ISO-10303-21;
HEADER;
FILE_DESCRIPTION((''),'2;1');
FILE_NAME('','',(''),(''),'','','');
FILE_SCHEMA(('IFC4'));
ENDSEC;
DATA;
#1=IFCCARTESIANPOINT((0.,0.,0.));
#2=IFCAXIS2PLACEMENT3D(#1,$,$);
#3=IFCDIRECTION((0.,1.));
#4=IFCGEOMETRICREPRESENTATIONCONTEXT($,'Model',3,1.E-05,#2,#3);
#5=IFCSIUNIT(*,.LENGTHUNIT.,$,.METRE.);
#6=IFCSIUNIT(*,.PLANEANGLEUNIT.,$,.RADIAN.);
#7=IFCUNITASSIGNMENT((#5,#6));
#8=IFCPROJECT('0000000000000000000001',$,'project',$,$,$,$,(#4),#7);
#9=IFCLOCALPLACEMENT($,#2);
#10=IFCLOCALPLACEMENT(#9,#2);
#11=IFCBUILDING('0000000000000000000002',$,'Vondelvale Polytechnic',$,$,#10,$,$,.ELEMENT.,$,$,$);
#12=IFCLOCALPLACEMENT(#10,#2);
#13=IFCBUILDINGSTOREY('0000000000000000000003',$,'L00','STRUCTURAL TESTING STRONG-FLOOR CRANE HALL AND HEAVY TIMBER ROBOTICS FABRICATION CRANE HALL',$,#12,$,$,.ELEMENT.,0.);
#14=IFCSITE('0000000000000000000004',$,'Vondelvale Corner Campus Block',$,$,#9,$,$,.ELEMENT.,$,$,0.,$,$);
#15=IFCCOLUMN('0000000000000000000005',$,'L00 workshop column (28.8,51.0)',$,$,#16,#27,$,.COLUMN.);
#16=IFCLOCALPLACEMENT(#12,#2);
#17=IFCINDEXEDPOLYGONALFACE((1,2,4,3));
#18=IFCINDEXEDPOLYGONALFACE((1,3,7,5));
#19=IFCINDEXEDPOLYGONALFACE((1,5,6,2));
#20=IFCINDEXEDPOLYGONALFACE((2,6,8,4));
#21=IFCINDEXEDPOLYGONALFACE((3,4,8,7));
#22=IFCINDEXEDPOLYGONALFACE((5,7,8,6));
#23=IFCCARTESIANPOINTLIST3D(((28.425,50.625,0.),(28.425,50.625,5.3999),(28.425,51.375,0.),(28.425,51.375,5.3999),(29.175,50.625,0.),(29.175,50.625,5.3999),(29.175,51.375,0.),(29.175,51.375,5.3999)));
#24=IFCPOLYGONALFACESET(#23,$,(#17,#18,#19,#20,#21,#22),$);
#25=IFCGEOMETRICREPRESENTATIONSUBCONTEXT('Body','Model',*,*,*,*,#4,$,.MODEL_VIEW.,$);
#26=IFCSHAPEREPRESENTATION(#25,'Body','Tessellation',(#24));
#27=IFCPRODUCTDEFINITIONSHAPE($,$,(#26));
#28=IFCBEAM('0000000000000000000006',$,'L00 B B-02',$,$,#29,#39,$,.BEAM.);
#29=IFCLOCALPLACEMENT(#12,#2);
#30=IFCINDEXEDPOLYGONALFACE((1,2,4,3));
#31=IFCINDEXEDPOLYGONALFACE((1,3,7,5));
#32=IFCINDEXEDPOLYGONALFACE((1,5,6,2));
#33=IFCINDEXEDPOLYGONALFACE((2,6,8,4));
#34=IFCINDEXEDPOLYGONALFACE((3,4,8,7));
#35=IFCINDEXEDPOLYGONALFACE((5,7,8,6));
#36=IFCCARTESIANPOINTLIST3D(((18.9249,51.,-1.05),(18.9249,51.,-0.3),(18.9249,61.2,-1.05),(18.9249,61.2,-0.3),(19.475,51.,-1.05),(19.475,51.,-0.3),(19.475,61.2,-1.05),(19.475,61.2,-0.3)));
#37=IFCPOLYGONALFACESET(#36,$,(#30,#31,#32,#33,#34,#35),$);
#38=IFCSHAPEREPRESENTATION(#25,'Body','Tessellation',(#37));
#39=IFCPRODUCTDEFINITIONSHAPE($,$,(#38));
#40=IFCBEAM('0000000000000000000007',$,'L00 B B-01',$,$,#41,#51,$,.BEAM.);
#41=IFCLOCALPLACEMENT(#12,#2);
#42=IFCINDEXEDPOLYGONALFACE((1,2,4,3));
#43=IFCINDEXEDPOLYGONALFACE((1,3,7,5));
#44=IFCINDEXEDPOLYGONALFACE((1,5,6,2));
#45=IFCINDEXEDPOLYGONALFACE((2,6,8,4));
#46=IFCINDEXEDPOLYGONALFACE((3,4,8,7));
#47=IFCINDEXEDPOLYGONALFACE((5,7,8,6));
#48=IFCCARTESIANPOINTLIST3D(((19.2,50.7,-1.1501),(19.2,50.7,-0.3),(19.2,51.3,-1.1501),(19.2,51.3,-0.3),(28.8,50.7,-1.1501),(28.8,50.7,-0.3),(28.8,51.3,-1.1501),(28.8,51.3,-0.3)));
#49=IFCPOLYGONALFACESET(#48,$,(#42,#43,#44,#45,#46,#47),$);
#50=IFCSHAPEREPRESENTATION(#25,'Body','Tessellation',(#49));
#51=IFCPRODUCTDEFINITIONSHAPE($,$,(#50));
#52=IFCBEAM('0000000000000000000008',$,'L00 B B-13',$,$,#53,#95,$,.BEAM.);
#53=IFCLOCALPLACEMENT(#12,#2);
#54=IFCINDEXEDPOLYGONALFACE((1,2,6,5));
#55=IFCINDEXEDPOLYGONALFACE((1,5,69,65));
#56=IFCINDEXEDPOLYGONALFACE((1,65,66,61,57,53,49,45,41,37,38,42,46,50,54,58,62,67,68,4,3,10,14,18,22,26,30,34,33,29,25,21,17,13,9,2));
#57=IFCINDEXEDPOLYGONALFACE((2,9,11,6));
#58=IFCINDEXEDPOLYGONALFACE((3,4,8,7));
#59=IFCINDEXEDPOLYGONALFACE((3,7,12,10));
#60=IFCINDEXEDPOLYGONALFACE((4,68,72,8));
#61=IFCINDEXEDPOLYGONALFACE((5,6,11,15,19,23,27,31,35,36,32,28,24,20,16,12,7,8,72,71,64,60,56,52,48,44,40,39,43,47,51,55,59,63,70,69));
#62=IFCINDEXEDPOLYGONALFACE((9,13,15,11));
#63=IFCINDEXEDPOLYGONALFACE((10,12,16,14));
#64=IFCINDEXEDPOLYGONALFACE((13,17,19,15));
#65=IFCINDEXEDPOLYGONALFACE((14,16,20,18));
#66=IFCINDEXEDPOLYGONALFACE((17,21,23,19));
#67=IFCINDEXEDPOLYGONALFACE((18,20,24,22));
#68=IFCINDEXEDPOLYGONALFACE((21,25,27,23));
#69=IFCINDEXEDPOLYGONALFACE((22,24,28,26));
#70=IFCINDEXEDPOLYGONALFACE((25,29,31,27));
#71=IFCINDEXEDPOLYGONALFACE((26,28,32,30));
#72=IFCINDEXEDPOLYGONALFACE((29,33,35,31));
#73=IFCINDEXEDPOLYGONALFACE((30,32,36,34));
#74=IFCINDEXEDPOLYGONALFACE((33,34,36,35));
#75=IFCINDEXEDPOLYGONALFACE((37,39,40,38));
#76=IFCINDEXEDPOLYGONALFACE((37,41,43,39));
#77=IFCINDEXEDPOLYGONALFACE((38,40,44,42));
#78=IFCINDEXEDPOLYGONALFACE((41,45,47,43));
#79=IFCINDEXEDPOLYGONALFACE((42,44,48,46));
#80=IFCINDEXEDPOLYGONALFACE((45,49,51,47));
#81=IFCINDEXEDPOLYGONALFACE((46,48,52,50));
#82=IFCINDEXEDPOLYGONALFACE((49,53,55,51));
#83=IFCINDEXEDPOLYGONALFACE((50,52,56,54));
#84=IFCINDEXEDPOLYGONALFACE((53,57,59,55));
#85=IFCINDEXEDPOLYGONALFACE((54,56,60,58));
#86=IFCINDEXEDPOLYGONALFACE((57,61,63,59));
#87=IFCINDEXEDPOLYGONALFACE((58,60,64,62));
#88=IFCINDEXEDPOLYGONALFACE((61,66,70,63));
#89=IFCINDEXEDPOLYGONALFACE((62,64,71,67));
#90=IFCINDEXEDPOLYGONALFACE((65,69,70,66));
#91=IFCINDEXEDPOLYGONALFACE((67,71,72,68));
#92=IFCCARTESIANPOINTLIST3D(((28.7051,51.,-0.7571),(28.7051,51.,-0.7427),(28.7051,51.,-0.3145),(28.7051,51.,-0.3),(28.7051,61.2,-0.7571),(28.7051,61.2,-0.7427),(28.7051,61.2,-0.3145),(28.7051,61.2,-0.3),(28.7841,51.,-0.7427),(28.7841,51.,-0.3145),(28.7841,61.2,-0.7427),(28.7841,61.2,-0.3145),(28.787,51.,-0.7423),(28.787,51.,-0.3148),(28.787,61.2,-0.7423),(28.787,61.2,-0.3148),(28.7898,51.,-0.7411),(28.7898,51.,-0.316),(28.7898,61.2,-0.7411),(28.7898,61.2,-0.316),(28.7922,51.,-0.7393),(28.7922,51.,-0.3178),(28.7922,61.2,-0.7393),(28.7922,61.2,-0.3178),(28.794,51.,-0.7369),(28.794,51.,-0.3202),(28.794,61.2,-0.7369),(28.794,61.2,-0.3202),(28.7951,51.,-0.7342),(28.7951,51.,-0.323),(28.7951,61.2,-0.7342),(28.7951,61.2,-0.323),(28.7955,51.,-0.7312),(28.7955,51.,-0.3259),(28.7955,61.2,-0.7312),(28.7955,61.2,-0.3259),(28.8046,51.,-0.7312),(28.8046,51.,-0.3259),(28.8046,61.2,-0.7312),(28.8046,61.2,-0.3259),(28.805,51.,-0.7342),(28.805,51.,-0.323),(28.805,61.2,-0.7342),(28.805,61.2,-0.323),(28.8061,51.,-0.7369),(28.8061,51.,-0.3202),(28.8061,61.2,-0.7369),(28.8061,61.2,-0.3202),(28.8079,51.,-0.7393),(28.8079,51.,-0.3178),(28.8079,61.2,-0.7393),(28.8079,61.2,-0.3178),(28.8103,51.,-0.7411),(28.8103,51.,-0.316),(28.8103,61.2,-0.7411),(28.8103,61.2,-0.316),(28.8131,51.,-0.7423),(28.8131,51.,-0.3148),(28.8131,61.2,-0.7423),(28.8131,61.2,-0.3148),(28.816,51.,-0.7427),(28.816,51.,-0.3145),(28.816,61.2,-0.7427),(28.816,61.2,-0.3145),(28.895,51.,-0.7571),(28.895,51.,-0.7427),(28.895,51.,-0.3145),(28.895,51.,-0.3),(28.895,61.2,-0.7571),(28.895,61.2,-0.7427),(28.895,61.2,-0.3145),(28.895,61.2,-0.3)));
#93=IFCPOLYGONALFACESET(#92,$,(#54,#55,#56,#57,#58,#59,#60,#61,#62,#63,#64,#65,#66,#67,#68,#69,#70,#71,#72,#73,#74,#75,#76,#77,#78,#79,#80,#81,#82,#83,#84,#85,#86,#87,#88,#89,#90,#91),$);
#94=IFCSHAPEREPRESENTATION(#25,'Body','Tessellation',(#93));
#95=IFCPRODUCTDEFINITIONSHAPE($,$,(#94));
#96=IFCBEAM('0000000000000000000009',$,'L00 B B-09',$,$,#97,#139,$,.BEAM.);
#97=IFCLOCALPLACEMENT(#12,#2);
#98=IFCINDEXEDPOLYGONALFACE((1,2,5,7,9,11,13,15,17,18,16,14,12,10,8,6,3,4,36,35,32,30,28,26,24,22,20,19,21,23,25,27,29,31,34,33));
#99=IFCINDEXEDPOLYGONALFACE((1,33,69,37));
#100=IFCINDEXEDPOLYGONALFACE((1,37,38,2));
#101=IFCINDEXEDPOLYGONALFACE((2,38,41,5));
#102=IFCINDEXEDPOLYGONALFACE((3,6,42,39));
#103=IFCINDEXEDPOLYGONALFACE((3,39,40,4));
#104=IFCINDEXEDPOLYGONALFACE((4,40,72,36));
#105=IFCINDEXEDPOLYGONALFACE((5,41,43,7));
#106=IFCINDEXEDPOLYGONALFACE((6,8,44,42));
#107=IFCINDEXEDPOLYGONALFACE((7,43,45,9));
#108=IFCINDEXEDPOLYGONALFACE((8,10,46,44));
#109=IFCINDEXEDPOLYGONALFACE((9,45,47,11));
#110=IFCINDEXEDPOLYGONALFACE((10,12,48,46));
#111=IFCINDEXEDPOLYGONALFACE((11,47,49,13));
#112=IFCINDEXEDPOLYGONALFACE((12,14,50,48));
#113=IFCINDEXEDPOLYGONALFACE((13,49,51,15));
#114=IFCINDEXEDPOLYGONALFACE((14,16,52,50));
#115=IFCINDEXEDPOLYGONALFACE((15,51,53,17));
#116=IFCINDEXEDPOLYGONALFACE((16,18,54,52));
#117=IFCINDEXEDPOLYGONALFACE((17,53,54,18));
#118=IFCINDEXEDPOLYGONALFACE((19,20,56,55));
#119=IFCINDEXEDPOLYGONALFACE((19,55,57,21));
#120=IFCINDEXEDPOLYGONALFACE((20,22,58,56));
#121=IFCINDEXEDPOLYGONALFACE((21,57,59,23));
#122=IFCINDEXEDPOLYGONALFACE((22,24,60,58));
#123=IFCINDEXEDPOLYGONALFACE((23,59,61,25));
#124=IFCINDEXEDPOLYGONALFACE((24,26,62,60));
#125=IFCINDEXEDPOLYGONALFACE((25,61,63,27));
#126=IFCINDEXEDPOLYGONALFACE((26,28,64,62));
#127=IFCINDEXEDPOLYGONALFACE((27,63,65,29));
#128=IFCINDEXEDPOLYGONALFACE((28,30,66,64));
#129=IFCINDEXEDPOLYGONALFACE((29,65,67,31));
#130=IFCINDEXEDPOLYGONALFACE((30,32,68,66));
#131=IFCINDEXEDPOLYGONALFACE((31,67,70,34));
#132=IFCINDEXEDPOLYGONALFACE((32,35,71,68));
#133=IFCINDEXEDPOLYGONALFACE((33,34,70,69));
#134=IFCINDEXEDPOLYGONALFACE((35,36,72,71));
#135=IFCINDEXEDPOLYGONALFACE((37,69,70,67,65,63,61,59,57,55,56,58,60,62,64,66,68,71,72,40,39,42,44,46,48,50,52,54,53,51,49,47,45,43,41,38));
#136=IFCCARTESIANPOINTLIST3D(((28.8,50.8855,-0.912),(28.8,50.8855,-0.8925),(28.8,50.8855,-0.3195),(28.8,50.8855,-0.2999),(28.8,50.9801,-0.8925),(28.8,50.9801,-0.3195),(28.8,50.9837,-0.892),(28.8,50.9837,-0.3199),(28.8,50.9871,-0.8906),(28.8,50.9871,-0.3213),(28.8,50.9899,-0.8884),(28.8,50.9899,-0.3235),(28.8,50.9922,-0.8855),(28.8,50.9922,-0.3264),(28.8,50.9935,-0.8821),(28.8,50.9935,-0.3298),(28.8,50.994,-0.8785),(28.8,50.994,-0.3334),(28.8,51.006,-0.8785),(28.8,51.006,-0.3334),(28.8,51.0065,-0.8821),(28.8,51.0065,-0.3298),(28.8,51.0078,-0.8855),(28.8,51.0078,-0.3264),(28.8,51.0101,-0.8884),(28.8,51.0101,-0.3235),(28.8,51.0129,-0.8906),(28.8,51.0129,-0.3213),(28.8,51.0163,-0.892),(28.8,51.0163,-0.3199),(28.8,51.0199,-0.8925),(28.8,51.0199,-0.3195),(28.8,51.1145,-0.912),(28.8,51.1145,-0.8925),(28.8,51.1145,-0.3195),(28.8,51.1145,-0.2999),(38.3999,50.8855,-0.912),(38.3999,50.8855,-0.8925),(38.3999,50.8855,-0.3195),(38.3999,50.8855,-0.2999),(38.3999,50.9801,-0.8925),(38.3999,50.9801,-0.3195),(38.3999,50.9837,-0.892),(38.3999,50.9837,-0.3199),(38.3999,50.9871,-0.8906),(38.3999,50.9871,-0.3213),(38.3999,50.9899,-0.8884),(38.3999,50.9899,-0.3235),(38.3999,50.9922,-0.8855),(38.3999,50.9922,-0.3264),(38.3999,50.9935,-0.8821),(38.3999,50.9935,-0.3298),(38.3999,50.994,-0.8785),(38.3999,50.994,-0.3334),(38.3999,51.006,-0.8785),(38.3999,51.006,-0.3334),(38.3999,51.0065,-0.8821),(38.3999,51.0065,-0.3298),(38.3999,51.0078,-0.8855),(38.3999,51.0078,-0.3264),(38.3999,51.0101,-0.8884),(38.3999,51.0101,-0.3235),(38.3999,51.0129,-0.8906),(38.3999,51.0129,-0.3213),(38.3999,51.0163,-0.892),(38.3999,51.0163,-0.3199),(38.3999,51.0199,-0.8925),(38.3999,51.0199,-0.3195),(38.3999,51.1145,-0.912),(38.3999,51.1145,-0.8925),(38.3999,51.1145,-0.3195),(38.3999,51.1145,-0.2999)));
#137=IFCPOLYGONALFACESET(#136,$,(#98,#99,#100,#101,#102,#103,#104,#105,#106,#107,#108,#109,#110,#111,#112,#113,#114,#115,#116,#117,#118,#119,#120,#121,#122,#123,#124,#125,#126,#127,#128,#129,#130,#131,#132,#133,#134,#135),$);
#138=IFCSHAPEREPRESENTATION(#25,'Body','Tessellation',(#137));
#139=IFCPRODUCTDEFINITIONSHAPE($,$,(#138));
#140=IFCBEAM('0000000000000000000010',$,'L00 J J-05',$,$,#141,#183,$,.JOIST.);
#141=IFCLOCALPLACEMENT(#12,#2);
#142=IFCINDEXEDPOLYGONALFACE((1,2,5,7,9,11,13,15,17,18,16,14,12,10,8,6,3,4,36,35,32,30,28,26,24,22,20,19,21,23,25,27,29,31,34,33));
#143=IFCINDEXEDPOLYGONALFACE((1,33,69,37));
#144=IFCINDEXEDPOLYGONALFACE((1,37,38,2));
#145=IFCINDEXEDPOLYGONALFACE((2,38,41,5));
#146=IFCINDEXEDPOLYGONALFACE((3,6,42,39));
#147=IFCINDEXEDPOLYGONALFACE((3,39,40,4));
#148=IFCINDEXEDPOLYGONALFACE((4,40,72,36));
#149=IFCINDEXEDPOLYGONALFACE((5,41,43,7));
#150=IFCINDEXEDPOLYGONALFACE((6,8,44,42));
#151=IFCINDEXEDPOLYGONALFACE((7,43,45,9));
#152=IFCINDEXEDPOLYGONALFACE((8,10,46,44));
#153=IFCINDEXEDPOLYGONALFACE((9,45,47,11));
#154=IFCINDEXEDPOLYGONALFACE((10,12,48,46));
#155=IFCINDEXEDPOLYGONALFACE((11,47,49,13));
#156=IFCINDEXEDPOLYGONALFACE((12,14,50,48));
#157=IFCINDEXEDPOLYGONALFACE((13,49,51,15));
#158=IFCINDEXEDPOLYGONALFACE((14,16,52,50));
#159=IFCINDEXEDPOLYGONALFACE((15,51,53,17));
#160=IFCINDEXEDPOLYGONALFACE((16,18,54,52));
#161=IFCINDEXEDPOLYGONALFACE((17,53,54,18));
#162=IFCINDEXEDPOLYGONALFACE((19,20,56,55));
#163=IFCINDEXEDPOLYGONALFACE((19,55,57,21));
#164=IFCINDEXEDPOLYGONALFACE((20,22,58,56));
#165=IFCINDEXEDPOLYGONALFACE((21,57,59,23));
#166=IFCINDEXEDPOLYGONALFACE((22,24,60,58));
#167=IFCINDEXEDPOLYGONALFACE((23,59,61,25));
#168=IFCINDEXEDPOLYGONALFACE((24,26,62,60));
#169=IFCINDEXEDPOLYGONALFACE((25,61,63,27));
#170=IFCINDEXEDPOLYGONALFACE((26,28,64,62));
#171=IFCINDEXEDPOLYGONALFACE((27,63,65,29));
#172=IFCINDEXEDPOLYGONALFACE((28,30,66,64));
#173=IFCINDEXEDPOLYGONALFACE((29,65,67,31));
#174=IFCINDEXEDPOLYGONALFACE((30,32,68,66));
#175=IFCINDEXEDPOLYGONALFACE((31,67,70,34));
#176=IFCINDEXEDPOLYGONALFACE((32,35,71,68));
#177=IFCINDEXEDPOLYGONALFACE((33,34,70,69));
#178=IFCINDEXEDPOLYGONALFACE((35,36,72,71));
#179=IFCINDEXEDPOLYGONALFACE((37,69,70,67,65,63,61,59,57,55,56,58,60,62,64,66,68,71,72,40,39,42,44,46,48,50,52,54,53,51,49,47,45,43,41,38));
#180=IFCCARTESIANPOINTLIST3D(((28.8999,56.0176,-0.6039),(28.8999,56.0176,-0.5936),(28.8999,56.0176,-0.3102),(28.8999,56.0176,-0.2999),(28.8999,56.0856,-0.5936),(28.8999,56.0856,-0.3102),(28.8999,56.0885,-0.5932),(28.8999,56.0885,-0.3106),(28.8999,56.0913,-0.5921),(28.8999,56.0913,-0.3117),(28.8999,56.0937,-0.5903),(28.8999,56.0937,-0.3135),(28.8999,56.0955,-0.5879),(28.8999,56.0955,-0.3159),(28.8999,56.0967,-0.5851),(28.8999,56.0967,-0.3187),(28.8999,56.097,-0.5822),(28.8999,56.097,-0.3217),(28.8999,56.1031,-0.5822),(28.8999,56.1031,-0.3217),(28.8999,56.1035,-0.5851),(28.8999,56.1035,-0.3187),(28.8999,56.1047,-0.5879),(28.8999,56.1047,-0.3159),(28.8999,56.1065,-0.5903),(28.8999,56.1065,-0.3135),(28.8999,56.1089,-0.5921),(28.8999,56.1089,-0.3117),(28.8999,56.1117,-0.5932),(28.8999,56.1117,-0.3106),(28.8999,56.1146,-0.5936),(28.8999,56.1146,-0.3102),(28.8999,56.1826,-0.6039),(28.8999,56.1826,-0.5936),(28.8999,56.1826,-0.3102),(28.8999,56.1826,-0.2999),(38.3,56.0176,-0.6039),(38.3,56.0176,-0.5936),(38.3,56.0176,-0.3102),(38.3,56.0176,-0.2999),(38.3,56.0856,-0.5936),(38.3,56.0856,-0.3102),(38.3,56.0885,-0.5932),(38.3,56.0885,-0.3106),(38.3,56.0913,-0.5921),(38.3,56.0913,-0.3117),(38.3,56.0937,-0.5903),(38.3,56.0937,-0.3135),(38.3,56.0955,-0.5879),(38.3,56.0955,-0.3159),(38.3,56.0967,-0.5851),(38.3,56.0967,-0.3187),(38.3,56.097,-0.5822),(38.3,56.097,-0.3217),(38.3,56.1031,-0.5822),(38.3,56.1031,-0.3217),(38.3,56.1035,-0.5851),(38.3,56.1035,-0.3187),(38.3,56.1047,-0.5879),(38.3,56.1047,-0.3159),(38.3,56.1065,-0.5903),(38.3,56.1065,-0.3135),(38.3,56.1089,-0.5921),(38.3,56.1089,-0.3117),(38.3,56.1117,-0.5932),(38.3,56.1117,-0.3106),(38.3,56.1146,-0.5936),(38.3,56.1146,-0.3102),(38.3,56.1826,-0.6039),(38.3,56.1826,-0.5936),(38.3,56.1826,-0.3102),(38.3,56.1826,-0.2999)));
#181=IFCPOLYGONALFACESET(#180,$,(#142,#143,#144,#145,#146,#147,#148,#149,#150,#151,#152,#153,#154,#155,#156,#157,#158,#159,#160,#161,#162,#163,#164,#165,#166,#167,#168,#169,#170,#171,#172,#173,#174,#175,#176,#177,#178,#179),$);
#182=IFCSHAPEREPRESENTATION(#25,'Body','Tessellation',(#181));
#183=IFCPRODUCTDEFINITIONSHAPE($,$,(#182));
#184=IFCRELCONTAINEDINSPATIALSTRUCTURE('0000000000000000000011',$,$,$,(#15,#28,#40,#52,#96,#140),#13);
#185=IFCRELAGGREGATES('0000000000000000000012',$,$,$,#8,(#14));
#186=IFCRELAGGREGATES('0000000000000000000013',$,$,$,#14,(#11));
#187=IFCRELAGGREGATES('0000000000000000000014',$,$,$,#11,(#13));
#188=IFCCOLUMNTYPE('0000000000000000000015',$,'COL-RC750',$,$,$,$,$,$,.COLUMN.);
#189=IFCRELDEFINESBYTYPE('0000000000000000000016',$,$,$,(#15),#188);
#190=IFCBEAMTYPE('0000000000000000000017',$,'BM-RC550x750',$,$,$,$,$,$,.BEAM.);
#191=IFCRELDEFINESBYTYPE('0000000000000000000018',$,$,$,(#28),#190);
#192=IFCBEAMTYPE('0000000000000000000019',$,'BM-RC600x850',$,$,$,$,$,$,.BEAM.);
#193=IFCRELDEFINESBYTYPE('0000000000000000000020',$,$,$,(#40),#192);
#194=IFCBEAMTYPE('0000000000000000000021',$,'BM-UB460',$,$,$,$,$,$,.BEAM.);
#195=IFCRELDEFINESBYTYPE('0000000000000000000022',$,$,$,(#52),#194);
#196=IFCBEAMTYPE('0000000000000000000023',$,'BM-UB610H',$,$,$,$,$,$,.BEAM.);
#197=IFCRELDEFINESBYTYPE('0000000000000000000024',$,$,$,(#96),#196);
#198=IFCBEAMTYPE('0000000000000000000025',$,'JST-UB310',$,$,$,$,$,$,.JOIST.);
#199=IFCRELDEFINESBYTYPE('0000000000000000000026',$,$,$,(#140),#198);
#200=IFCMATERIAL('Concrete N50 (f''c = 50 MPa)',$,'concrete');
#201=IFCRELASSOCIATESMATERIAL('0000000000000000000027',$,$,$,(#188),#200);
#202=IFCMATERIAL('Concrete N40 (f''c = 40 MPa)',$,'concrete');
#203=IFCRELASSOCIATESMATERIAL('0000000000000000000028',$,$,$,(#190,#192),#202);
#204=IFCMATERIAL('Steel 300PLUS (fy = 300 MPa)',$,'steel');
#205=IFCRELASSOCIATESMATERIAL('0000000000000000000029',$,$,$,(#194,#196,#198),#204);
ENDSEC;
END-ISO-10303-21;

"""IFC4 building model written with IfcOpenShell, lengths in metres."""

from ifc_helpers import new_model, si_unit, direction, frame, origin, origin_2d, place, context, subcontext, project, spatial, rectangle, i_section, extrude, material, material_profile, profile_set, type_object, element, save


model = new_model("IFC4")

# Units and contexts
model_context = context("Model", 3, precision=1e-05, world=origin(), true_north=direction((0.0, 1.0)))
body_context = subcontext(model_context, "Body", "Model", "MODEL_VIEW")
ifc_project = project(units=[si_unit("LENGTHUNIT", "METRE"), si_unit("PLANEANGLEUNIT", "RADIAN")], contexts=[model_context])

# Site, building, storey
site_placement = place(None, origin())
site = spatial("IfcSite", under=ifc_project, at=site_placement, Name="Vondelvale Corner Campus Block", CompositionType="ELEMENT", RefElevation=0.0)
building_placement = place(site_placement, origin())
building = spatial("IfcBuilding", under=site, at=building_placement, Name="Vondelvale Polytechnic", CompositionType="ELEMENT")
storey_placement = place(building_placement, origin())
storey = spatial("IfcBuildingStorey", under=building, at=storey_placement, Name="L00", Description="STRUCTURAL TESTING STRONG-FLOOR CRANE HALL AND HEAVY TIMBER ROBOTICS FABRICATION CRANE HALL", CompositionType="ELEMENT", Elevation=0.0)

# Column
ifc_material_1 = material(Name="Concrete N50 (f'c = 50 MPa)", Category="concrete")
ifc_material_profile_1 = material_profile(ifc_material_1, rectangle(XDim=0.75, YDim=0.75, at=origin_2d()), Name="RC-COL-750x750")
ifc_profile_set_1 = profile_set([ifc_material_profile_1], Name="Concrete N50 (f'c = 50 MPa)")
column_type = type_object("IfcColumnType", Name="COL-RC750", PredefinedType="COLUMN", material=ifc_profile_set_1)
column_placement = place(storey_placement, frame((28.8, 51.0, 0.0), z_axis=(0.0, 0.0, 1.0), x_axis=(1.0, 0.0, 0.0)))
element("IfcColumn", 1, at=column_placement, inside=storey, type_object=column_type, Name="L00 workshop column (28.8,51.0)", PredefinedType="COLUMN", context=body_context, shape_type="SweptSolid", body=[
    extrude(rectangle(XDim=0.75, YDim=0.75, at=origin_2d()), origin(), (0.0, 0.0, 1.0), 5.3999),
])

# Beams
ifc_material_2 = material(Name="Concrete N40 (f'c = 40 MPa)", Category="concrete")
ifc_material_profile_2 = material_profile(ifc_material_2, rectangle(XDim=0.55, YDim=0.75, at=origin_2d()), Name="RC-BM-550x750")
ifc_profile_set_2 = profile_set([ifc_material_profile_2], Name="Concrete N40 (f'c = 40 MPa)")
beam_type_1 = type_object("IfcBeamType", Name="BM-RC550x750", PredefinedType="BEAM", material=ifc_profile_set_2)
beam_1_placement = place(storey_placement, frame((19.2, 51.0, -0.675), z_axis=(0.0, 1.0, 0.0), x_axis=(-1.0, 0.0, 0.0)))
element("IfcBeam", 2, at=beam_1_placement, inside=storey, type_object=beam_type_1, Name="L00 B B-02", PredefinedType="BEAM", context=body_context, shape_type="SweptSolid", body=[
    extrude(rectangle(XDim=0.55, YDim=0.75, at=origin_2d()), origin(), (0.0, 0.0, 1.0), 10.2),
])
ifc_material_profile_3 = material_profile(ifc_material_2, rectangle(XDim=0.6001, YDim=0.8501, at=origin_2d()), Name="RC-BM-600x850")
ifc_profile_set_3 = profile_set([ifc_material_profile_3], Name="Concrete N40 (f'c = 40 MPa)")
beam_type_2 = type_object("IfcBeamType", Name="BM-RC600x850", PredefinedType="BEAM", material=ifc_profile_set_3)
beam_2_placement = place(storey_placement, frame((19.2, 51.0, -0.7251), z_axis=(1.0, 0.0, 0.0), x_axis=(0.0, 1.0, 0.0)))
element("IfcBeam", 3, at=beam_2_placement, inside=storey, type_object=beam_type_2, Name="L00 B B-01", PredefinedType="BEAM", context=body_context, shape_type="SweptSolid", body=[
    extrude(rectangle(XDim=0.6001, YDim=0.8501, at=origin_2d()), origin(), (0.0, 0.0, 1.0), 9.6001),
])
ifc_material_3 = material(Name="Steel 300PLUS (fy = 300 MPa)", Category="steel")
ifc_material_profile_4 = material_profile(ifc_material_3, i_section(OverallWidth=0.1899, OverallDepth=0.457, WebThickness=0.009, FlangeThickness=0.0144, FilletRadius=0.0115, at=origin_2d()), Name="460UB74.6")
ifc_profile_set_4 = profile_set([ifc_material_profile_4], Name="Steel 300PLUS (fy = 300 MPa)")
beam_type_3 = type_object("IfcBeamType", Name="BM-UB460", PredefinedType="BEAM", material=ifc_profile_set_4)
beam_3_placement = place(storey_placement, frame((28.8, 51.0, -0.5286), z_axis=(0.0, 1.0, 0.0), x_axis=(-1.0, 0.0, 0.0)))
element("IfcBeam", 4, at=beam_3_placement, inside=storey, type_object=beam_type_3, Name="L00 B B-13", PredefinedType="BEAM", context=body_context, shape_type="SweptSolid", body=[
    extrude(i_section(OverallWidth=0.1899, OverallDepth=0.457, WebThickness=0.009, FlangeThickness=0.0144, FilletRadius=0.0115, at=origin_2d()), origin(), (0.0, 0.0, 1.0), 10.2),
])
ifc_material_profile_5 = material_profile(ifc_material_3, i_section(OverallWidth=0.229, OverallDepth=0.6121, WebThickness=0.012, FlangeThickness=0.0195, FilletRadius=0.0139, at=origin_2d()), Name="610UB125")
ifc_profile_set_5 = profile_set([ifc_material_profile_5], Name="Steel 300PLUS (fy = 300 MPa)")
beam_type_4 = type_object("IfcBeamType", Name="BM-UB610H", PredefinedType="BEAM", material=ifc_profile_set_5)
beam_4_placement = place(storey_placement, frame((28.8, 51.0, -0.606), z_axis=(1.0, 0.0, 0.0), x_axis=(0.0, 1.0, 0.0)))
element("IfcBeam", 5, at=beam_4_placement, inside=storey, type_object=beam_type_4, Name="L00 B B-09", PredefinedType="BEAM", context=body_context, shape_type="SweptSolid", body=[
    extrude(i_section(OverallWidth=0.229, OverallDepth=0.6121, WebThickness=0.012, FlangeThickness=0.0195, FilletRadius=0.0139, at=origin_2d()), origin(), (0.0, 0.0, 1.0), 9.5999),
])
ifc_material_profile_6 = material_profile(ifc_material_3, i_section(OverallWidth=0.165, OverallDepth=0.304, WebThickness=0.0061, FlangeThickness=0.0103, FilletRadius=0.0115, at=origin_2d()), Name="310UB40.4")
ifc_profile_set_6 = profile_set([ifc_material_profile_6], Name="Steel 300PLUS (fy = 300 MPa)")
beam_type_5 = type_object("IfcBeamType", Name="JST-UB310", PredefinedType="JOIST", material=ifc_profile_set_6)
beam_5_placement = place(storey_placement, frame((28.8999, 56.1001, -0.4519), z_axis=(1.0, 0.0, 0.0), x_axis=(0.0, 1.0, 0.0)))
element("IfcBeam", 6, at=beam_5_placement, inside=storey, type_object=beam_type_5, Name="L00 J J-05", PredefinedType="JOIST", context=body_context, shape_type="SweptSolid", body=[
    extrude(i_section(OverallWidth=0.165, OverallDepth=0.304, WebThickness=0.0061, FlangeThickness=0.0103, FilletRadius=0.0115, at=origin_2d()), origin(), (0.0, 0.0, 1.0), 9.4001),
])

save(model, "model.ifc")
